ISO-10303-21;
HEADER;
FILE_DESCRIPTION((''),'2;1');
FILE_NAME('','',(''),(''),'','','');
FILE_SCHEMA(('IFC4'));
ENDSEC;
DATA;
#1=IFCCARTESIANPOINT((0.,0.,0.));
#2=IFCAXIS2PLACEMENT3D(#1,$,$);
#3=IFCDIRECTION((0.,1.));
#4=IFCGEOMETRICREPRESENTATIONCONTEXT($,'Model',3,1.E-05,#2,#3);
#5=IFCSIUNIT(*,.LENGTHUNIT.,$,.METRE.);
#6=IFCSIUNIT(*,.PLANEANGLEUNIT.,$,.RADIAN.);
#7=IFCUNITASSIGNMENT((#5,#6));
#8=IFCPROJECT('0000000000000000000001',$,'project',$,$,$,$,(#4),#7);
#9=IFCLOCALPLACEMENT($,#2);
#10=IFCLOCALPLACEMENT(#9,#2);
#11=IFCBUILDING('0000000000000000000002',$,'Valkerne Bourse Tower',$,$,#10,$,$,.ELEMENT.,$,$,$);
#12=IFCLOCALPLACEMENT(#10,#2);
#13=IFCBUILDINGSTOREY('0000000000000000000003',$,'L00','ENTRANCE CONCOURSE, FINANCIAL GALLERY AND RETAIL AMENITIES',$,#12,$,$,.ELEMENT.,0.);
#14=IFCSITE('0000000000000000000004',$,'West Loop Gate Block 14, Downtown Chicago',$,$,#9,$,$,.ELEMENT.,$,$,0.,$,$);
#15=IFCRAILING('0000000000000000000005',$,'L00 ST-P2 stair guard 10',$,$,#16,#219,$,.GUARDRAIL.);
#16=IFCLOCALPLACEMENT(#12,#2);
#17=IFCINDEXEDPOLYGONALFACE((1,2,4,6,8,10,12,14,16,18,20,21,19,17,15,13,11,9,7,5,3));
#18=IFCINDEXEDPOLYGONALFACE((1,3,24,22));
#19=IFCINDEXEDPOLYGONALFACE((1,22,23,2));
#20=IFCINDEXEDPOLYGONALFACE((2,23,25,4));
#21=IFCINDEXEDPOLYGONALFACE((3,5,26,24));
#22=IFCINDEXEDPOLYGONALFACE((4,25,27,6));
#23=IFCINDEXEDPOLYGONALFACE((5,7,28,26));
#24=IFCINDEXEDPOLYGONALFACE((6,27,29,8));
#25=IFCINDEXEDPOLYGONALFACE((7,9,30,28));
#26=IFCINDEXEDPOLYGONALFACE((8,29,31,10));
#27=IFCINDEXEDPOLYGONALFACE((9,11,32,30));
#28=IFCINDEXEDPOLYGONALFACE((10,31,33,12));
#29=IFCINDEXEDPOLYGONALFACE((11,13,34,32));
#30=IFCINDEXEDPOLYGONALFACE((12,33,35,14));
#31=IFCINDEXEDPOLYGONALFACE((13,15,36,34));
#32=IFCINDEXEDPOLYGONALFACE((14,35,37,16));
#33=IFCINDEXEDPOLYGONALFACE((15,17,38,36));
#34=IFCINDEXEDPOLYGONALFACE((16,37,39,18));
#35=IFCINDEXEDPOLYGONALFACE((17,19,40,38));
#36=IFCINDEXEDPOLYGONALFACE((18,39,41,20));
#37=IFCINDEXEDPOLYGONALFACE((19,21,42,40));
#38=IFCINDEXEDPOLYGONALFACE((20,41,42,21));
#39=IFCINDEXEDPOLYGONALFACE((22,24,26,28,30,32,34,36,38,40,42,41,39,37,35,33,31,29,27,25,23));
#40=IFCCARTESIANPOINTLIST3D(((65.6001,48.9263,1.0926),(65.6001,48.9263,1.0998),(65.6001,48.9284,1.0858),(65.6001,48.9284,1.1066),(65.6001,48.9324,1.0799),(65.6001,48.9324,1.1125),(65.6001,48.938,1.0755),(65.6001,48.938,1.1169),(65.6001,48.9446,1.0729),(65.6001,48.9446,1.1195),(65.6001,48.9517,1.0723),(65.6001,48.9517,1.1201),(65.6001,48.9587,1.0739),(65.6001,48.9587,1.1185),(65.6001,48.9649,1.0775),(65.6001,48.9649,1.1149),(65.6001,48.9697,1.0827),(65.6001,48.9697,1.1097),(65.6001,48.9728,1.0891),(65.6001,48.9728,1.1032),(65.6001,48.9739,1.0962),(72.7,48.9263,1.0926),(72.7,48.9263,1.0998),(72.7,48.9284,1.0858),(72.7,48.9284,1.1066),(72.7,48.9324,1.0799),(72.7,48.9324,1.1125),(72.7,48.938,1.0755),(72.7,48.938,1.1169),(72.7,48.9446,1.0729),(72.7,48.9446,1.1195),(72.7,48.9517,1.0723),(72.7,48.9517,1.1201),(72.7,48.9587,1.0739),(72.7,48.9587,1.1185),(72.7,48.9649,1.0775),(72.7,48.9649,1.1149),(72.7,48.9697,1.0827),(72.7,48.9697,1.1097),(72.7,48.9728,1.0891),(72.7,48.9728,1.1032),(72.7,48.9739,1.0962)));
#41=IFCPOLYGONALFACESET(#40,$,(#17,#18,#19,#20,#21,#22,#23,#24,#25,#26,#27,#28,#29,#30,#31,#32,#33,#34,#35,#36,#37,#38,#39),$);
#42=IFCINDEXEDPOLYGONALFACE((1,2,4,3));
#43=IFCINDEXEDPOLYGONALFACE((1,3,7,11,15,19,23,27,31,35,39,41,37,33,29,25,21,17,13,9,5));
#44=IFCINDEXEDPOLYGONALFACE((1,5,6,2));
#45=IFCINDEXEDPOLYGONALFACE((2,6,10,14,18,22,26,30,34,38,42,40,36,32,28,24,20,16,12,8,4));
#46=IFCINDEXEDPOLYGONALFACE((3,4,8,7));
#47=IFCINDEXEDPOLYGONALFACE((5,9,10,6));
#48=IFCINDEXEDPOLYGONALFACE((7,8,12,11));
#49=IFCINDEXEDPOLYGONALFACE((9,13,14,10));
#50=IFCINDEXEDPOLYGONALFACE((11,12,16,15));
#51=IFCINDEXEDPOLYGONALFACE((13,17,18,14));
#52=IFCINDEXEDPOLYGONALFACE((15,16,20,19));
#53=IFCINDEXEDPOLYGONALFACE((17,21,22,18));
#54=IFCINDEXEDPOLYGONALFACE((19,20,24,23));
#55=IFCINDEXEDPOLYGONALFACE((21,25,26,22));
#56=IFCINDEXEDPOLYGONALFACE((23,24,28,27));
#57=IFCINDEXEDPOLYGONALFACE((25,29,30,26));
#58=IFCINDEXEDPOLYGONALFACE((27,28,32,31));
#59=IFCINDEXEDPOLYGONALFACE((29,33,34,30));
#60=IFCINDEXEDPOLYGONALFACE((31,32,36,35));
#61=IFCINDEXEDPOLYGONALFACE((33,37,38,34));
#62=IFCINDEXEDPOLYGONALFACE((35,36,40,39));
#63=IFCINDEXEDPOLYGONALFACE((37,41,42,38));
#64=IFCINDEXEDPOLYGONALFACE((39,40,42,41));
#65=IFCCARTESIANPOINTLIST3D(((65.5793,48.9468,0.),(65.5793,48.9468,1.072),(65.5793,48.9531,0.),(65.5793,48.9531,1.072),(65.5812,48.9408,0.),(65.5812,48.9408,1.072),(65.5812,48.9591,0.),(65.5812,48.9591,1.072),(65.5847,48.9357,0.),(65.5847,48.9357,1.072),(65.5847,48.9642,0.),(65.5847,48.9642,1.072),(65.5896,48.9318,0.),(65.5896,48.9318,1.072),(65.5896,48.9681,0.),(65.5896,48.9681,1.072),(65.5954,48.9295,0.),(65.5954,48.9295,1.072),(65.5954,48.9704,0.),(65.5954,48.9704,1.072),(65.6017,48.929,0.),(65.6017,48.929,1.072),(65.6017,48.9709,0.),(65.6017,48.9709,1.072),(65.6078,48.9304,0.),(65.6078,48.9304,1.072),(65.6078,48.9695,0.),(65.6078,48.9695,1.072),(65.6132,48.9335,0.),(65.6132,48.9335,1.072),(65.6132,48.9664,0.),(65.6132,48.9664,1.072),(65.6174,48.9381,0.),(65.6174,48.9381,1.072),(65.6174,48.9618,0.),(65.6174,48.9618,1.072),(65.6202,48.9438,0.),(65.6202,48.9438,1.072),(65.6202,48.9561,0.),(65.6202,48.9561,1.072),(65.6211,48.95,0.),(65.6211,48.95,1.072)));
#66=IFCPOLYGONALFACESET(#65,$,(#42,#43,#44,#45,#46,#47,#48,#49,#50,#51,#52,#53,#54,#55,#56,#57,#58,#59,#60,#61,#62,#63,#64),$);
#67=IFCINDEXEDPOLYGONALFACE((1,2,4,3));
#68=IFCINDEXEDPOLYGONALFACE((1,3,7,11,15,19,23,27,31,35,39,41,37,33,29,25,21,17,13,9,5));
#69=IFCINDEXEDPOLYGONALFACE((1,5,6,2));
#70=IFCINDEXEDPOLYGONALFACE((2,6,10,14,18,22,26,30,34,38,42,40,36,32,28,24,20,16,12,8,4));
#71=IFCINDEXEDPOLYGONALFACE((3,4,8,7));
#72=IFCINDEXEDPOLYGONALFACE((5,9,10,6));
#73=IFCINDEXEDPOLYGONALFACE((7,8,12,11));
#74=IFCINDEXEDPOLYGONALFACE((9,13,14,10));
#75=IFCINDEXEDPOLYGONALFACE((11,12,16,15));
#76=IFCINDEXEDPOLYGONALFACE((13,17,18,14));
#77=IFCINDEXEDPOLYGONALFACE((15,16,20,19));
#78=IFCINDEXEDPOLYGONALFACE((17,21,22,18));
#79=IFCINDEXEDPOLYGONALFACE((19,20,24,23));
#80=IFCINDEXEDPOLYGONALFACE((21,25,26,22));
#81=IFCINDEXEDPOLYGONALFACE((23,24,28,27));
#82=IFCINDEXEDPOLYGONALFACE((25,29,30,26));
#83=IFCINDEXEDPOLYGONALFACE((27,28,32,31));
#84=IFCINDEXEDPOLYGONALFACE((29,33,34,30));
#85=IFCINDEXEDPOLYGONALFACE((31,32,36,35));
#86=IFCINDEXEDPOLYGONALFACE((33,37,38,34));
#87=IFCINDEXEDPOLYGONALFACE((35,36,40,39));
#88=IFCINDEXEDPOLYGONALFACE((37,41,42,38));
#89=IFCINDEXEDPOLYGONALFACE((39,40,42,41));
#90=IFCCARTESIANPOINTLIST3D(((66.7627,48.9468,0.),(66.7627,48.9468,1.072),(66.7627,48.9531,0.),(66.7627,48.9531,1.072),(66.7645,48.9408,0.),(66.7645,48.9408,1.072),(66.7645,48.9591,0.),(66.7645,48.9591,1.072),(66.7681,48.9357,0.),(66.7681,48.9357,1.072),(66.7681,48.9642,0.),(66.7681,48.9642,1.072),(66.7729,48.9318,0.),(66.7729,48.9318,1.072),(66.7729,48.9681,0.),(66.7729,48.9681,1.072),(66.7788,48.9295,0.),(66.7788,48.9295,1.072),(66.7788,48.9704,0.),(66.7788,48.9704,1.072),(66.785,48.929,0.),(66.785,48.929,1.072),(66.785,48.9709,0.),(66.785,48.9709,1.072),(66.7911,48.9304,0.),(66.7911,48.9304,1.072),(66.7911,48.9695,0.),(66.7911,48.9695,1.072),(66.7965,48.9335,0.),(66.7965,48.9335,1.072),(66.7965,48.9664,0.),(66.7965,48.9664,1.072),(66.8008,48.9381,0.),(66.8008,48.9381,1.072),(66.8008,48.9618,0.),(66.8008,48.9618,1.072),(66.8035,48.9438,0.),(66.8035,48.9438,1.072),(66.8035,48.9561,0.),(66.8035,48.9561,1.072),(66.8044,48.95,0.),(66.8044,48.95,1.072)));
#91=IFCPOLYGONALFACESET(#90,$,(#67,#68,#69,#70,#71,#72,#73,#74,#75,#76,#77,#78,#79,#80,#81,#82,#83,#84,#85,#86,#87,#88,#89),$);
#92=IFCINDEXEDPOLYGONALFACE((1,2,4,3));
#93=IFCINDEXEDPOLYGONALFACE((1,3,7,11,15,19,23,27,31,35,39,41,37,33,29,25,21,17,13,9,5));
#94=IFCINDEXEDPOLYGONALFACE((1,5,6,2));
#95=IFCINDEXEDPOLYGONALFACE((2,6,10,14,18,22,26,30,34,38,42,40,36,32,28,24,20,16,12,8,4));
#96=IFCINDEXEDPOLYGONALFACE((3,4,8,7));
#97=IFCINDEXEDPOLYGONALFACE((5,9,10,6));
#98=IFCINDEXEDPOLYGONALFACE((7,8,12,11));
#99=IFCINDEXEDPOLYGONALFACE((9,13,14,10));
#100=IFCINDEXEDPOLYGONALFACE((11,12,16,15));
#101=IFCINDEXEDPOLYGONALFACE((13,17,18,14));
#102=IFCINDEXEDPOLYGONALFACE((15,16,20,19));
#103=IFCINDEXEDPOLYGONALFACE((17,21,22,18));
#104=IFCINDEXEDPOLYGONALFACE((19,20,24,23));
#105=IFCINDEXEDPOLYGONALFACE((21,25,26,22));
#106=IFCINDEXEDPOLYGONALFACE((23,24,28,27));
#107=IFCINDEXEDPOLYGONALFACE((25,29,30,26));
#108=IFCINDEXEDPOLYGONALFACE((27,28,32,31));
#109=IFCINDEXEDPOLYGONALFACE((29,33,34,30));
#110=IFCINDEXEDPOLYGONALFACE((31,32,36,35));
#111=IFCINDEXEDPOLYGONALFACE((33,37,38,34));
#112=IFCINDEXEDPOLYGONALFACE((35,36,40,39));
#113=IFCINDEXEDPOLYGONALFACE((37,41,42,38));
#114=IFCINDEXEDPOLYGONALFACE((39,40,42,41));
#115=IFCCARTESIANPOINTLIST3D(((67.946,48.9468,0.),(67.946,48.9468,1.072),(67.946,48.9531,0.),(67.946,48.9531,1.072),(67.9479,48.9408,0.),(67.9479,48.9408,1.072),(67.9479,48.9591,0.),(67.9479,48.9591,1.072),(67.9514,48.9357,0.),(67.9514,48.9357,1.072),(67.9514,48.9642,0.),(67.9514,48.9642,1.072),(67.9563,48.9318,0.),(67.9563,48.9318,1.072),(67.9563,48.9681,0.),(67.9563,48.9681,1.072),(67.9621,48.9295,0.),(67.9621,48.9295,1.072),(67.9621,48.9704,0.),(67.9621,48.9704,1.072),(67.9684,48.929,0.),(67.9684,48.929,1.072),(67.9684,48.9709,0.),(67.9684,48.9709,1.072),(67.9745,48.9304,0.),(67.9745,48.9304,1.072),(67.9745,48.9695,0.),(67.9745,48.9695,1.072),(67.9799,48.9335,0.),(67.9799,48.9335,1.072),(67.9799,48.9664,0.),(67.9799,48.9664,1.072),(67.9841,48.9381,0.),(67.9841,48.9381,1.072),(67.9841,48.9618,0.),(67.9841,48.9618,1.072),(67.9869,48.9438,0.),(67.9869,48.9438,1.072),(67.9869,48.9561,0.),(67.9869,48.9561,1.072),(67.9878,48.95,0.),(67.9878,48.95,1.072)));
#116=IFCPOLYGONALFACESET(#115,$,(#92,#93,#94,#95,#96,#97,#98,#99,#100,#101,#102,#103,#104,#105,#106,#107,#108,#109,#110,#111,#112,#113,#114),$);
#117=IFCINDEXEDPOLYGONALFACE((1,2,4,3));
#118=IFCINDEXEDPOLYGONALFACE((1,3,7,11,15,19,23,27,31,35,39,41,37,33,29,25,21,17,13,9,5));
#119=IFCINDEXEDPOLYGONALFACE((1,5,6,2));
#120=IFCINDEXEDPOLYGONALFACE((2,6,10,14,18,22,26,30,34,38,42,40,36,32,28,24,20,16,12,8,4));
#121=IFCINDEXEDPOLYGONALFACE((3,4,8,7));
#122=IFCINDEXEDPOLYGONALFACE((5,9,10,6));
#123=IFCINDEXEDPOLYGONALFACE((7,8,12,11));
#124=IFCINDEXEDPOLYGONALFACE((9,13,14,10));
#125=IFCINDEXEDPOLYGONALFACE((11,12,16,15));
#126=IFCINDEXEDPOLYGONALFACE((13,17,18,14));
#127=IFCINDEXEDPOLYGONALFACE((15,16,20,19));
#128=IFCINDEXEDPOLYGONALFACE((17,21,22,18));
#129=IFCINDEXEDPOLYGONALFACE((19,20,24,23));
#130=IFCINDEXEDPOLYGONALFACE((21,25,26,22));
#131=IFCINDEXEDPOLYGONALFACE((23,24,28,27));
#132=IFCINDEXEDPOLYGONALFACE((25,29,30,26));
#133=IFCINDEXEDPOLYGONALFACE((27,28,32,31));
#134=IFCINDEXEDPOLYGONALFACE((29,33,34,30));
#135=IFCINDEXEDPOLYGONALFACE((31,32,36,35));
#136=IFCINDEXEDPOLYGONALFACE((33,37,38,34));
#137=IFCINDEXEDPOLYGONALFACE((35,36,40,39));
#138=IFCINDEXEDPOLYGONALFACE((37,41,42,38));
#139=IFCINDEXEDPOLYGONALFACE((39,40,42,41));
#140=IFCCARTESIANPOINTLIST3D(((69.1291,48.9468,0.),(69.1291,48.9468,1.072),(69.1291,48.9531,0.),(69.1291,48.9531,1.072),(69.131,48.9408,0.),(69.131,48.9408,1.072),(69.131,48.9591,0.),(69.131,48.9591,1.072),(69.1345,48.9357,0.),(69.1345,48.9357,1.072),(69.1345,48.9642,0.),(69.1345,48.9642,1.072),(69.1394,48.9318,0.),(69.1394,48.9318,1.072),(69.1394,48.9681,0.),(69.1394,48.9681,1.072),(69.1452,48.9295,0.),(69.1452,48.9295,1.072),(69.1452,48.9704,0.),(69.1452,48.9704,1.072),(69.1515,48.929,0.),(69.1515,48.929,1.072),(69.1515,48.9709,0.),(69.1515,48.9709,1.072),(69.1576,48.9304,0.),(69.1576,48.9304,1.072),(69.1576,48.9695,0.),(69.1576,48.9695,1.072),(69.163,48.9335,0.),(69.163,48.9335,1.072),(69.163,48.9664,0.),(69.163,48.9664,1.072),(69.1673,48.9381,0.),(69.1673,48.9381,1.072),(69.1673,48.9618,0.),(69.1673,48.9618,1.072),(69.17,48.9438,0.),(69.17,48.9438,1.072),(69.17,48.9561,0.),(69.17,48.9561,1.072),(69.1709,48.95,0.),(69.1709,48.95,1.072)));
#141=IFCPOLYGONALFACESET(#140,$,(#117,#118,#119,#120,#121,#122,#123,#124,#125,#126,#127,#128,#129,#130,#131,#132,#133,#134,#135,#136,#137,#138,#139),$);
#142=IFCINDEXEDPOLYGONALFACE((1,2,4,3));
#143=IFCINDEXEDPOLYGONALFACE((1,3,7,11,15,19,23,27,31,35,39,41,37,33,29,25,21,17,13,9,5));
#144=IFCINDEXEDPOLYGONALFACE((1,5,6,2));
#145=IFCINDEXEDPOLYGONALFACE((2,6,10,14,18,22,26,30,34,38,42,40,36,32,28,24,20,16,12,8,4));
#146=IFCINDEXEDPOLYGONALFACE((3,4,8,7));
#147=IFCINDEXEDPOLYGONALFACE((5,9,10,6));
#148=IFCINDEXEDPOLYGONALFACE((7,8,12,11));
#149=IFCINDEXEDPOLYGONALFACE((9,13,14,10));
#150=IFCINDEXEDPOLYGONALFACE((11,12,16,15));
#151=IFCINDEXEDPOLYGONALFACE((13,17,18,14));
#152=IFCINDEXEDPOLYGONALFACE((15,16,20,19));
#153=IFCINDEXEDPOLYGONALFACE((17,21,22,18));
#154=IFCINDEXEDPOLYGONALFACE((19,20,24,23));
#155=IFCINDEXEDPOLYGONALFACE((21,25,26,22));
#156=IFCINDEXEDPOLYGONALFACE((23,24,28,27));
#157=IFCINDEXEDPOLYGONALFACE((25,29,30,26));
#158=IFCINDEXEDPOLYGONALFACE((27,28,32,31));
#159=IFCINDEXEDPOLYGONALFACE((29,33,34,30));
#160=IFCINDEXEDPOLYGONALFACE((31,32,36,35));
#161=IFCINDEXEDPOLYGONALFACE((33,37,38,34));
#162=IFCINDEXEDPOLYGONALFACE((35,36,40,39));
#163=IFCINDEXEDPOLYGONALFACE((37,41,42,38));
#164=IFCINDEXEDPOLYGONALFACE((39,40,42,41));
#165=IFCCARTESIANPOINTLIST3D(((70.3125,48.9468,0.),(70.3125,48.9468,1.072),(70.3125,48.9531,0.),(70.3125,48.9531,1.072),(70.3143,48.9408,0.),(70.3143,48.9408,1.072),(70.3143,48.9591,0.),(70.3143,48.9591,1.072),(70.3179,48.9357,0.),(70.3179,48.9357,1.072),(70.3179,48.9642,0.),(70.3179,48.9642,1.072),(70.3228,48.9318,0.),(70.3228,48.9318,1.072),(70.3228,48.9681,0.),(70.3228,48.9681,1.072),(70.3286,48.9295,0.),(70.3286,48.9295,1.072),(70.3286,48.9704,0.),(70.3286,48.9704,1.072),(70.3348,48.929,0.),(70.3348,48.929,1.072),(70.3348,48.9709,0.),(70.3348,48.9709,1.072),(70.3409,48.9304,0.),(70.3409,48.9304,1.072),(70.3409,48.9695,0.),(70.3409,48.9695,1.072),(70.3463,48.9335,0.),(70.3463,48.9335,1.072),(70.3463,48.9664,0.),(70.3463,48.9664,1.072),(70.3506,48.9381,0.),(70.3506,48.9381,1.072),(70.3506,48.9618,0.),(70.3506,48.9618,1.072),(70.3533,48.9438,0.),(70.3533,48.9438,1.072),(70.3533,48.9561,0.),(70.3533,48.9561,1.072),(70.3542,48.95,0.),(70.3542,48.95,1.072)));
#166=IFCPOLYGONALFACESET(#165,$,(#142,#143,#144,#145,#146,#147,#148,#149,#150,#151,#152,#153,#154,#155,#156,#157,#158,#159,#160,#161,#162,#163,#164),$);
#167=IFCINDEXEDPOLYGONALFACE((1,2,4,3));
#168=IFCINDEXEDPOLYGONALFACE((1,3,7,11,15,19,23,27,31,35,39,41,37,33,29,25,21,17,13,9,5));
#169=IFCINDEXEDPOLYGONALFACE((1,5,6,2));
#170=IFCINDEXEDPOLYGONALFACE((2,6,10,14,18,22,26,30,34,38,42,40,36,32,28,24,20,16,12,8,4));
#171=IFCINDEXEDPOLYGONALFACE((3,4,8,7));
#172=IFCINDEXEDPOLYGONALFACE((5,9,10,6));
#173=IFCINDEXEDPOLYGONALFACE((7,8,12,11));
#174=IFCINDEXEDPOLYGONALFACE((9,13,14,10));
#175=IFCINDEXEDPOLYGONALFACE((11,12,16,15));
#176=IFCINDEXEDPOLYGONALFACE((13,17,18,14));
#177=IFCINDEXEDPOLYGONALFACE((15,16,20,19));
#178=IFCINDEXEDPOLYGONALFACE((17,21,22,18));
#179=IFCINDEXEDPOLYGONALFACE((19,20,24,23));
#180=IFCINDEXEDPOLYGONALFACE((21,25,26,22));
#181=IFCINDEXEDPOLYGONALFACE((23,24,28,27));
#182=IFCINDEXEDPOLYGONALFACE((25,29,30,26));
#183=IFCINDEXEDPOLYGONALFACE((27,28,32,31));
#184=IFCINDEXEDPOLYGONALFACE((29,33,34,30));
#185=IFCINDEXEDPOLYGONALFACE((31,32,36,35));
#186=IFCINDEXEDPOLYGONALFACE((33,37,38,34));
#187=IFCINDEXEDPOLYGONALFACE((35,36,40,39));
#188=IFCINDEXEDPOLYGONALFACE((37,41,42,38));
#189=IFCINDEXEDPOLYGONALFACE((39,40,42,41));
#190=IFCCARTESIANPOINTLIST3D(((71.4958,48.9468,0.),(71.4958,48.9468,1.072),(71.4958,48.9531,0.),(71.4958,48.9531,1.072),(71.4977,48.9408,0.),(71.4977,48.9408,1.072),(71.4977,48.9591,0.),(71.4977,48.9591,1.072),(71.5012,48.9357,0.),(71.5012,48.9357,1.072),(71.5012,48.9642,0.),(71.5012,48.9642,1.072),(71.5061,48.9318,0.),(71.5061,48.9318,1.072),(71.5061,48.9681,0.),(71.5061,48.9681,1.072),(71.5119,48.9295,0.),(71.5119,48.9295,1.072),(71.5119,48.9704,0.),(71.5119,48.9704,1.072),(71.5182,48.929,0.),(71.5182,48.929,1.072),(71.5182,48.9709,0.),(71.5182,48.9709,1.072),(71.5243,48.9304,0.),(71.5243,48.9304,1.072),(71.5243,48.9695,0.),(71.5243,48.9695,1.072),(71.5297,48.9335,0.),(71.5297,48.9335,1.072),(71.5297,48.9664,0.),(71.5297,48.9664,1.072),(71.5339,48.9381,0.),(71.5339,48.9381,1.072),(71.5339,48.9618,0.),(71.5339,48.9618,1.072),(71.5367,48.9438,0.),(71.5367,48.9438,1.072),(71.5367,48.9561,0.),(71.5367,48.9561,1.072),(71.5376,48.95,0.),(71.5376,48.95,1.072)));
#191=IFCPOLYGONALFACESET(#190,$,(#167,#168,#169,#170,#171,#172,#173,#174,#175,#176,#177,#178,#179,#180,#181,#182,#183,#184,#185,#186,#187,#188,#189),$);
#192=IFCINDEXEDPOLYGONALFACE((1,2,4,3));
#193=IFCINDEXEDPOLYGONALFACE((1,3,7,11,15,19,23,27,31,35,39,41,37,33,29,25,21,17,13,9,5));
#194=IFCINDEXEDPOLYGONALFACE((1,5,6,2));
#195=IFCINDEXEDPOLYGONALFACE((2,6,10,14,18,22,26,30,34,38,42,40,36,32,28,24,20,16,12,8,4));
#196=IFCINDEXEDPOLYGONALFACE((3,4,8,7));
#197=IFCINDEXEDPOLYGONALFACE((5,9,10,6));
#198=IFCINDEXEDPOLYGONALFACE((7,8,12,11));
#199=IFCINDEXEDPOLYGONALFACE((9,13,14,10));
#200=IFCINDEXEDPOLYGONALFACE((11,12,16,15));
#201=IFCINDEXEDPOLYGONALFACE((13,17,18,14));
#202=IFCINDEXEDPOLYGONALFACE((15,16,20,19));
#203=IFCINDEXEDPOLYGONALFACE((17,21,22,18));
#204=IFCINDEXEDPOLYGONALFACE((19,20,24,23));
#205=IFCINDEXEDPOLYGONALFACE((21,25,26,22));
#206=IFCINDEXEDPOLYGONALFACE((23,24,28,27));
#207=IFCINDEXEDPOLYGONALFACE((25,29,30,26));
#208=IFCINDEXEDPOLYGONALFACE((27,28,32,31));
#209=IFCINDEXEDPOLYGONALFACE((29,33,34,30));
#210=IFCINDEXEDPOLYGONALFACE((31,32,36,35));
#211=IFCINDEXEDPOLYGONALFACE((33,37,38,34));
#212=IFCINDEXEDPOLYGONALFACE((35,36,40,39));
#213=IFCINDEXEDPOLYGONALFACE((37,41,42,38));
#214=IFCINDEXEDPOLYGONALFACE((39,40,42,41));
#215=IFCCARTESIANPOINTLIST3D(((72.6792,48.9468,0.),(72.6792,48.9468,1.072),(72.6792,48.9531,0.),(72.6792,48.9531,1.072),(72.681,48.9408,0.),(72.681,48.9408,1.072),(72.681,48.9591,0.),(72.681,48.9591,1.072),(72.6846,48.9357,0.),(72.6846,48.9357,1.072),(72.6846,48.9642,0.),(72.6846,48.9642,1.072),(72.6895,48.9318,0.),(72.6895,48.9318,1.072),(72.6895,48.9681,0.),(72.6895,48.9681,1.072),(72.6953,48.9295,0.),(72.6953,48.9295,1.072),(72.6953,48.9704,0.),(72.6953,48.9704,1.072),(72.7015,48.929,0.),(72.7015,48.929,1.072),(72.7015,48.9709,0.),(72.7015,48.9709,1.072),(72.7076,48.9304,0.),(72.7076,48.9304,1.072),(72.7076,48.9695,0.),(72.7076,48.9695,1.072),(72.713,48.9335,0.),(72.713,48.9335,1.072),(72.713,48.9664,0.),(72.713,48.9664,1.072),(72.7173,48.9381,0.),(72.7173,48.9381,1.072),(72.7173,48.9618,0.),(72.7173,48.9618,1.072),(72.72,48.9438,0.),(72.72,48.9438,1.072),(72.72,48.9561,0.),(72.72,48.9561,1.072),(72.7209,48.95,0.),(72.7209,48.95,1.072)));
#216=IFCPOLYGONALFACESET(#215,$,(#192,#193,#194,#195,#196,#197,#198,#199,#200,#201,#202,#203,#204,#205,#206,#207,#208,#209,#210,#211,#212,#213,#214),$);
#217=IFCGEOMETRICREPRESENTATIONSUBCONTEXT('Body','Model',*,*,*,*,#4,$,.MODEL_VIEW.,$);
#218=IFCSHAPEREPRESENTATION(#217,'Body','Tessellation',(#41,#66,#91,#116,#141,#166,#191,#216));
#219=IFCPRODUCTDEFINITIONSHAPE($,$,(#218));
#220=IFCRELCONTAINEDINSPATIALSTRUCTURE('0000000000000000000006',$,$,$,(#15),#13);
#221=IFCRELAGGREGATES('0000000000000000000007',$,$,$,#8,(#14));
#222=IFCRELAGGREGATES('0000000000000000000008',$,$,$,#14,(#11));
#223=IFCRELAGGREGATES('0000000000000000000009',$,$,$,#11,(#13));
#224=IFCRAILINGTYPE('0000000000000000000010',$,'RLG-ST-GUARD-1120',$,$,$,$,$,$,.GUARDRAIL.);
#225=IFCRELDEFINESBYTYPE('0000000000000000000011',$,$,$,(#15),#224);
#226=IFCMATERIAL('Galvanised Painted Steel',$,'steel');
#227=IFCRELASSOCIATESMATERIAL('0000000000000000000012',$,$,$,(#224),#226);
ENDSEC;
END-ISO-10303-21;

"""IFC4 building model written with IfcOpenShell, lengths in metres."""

from ifc_helpers import new_model, si_unit, direction, frame, origin, origin_2d, place, context, subcontext, project, spatial, circle, extrude, material, type_object, element, save


model = new_model("IFC4")

# Units and contexts
model_context = context("Model", 3, precision=1e-05, world=origin(), true_north=direction((0.0, 1.0)))
body_context = subcontext(model_context, "Body", "Model", "MODEL_VIEW")
ifc_project = project(units=[si_unit("LENGTHUNIT", "METRE"), si_unit("PLANEANGLEUNIT", "RADIAN")], contexts=[model_context])

# Site, building, storey
site_placement = place(None, origin())
site = spatial("IfcSite", under=ifc_project, at=site_placement, Name="West Loop Gate Block 14, Downtown Chicago", CompositionType="ELEMENT", RefElevation=0.0)
building_placement = place(site_placement, origin())
building = spatial("IfcBuilding", under=site, at=building_placement, Name="Valkerne Bourse Tower", CompositionType="ELEMENT")
storey_placement = place(building_placement, origin())
storey = spatial("IfcBuildingStorey", under=building, at=storey_placement, Name="L00", Description="ENTRANCE CONCOURSE, FINANCIAL GALLERY AND RETAIL AMENITIES", CompositionType="ELEMENT", Elevation=0.0)

# Shared definitions
ifc_material_1 = material(Name="Galvanised Painted Steel", Category="steel")

# Railing
railing_type_1 = type_object("IfcRailingType", Name="RLG-ST-GUARD-1120", PredefinedType="GUARDRAIL", material=ifc_material_1)
for number, where, name in (
    (1, (65.6001, 48.95, 0.0), "L00 ST-P2 stair guard 10"),
):
    element("IfcRailing", number, at=place(storey_placement, frame(where)), inside=storey, type_object=railing_type_1, Name=name, PredefinedType="GUARDRAIL", context=body_context, shape_type="SweptSolid", body=[
        extrude(circle(Radius=0.0239, at=origin_2d()), frame((0.0, 0.0, 1.0962), z_axis=(1.0, 0.0, 0.0), x_axis=(0.0, 1.0, 0.0)), (0.0, 0.0, 1.0), 7.0999),
        extrude(circle(Radius=0.021, at=origin_2d()), origin(), (0.0, 0.0, 1.0), 1.072),
        extrude(circle(Radius=0.021, at=origin_2d()), frame((1.1833, 0.0, 0.0)), (0.0, 0.0, 1.0), 1.072),
        extrude(circle(Radius=0.021, at=origin_2d()), frame((2.3667, 0.0, 0.0)), (0.0, 0.0, 1.0), 1.072),
        extrude(circle(Radius=0.021, at=origin_2d()), frame((3.5498, 0.0, 0.0)), (0.0, 0.0, 1.0), 1.072),
        extrude(circle(Radius=0.021, at=origin_2d()), frame((4.7332, 0.0, 0.0)), (0.0, 0.0, 1.0), 1.072),
        extrude(circle(Radius=0.021, at=origin_2d()), frame((5.9165, 0.0, 0.0)), (0.0, 0.0, 1.0), 1.072),
        extrude(circle(Radius=0.021, at=origin_2d()), frame((7.0999, 0.0, 0.0)), (0.0, 0.0, 1.0), 1.072),
    ])

save(model, "model.ifc")
